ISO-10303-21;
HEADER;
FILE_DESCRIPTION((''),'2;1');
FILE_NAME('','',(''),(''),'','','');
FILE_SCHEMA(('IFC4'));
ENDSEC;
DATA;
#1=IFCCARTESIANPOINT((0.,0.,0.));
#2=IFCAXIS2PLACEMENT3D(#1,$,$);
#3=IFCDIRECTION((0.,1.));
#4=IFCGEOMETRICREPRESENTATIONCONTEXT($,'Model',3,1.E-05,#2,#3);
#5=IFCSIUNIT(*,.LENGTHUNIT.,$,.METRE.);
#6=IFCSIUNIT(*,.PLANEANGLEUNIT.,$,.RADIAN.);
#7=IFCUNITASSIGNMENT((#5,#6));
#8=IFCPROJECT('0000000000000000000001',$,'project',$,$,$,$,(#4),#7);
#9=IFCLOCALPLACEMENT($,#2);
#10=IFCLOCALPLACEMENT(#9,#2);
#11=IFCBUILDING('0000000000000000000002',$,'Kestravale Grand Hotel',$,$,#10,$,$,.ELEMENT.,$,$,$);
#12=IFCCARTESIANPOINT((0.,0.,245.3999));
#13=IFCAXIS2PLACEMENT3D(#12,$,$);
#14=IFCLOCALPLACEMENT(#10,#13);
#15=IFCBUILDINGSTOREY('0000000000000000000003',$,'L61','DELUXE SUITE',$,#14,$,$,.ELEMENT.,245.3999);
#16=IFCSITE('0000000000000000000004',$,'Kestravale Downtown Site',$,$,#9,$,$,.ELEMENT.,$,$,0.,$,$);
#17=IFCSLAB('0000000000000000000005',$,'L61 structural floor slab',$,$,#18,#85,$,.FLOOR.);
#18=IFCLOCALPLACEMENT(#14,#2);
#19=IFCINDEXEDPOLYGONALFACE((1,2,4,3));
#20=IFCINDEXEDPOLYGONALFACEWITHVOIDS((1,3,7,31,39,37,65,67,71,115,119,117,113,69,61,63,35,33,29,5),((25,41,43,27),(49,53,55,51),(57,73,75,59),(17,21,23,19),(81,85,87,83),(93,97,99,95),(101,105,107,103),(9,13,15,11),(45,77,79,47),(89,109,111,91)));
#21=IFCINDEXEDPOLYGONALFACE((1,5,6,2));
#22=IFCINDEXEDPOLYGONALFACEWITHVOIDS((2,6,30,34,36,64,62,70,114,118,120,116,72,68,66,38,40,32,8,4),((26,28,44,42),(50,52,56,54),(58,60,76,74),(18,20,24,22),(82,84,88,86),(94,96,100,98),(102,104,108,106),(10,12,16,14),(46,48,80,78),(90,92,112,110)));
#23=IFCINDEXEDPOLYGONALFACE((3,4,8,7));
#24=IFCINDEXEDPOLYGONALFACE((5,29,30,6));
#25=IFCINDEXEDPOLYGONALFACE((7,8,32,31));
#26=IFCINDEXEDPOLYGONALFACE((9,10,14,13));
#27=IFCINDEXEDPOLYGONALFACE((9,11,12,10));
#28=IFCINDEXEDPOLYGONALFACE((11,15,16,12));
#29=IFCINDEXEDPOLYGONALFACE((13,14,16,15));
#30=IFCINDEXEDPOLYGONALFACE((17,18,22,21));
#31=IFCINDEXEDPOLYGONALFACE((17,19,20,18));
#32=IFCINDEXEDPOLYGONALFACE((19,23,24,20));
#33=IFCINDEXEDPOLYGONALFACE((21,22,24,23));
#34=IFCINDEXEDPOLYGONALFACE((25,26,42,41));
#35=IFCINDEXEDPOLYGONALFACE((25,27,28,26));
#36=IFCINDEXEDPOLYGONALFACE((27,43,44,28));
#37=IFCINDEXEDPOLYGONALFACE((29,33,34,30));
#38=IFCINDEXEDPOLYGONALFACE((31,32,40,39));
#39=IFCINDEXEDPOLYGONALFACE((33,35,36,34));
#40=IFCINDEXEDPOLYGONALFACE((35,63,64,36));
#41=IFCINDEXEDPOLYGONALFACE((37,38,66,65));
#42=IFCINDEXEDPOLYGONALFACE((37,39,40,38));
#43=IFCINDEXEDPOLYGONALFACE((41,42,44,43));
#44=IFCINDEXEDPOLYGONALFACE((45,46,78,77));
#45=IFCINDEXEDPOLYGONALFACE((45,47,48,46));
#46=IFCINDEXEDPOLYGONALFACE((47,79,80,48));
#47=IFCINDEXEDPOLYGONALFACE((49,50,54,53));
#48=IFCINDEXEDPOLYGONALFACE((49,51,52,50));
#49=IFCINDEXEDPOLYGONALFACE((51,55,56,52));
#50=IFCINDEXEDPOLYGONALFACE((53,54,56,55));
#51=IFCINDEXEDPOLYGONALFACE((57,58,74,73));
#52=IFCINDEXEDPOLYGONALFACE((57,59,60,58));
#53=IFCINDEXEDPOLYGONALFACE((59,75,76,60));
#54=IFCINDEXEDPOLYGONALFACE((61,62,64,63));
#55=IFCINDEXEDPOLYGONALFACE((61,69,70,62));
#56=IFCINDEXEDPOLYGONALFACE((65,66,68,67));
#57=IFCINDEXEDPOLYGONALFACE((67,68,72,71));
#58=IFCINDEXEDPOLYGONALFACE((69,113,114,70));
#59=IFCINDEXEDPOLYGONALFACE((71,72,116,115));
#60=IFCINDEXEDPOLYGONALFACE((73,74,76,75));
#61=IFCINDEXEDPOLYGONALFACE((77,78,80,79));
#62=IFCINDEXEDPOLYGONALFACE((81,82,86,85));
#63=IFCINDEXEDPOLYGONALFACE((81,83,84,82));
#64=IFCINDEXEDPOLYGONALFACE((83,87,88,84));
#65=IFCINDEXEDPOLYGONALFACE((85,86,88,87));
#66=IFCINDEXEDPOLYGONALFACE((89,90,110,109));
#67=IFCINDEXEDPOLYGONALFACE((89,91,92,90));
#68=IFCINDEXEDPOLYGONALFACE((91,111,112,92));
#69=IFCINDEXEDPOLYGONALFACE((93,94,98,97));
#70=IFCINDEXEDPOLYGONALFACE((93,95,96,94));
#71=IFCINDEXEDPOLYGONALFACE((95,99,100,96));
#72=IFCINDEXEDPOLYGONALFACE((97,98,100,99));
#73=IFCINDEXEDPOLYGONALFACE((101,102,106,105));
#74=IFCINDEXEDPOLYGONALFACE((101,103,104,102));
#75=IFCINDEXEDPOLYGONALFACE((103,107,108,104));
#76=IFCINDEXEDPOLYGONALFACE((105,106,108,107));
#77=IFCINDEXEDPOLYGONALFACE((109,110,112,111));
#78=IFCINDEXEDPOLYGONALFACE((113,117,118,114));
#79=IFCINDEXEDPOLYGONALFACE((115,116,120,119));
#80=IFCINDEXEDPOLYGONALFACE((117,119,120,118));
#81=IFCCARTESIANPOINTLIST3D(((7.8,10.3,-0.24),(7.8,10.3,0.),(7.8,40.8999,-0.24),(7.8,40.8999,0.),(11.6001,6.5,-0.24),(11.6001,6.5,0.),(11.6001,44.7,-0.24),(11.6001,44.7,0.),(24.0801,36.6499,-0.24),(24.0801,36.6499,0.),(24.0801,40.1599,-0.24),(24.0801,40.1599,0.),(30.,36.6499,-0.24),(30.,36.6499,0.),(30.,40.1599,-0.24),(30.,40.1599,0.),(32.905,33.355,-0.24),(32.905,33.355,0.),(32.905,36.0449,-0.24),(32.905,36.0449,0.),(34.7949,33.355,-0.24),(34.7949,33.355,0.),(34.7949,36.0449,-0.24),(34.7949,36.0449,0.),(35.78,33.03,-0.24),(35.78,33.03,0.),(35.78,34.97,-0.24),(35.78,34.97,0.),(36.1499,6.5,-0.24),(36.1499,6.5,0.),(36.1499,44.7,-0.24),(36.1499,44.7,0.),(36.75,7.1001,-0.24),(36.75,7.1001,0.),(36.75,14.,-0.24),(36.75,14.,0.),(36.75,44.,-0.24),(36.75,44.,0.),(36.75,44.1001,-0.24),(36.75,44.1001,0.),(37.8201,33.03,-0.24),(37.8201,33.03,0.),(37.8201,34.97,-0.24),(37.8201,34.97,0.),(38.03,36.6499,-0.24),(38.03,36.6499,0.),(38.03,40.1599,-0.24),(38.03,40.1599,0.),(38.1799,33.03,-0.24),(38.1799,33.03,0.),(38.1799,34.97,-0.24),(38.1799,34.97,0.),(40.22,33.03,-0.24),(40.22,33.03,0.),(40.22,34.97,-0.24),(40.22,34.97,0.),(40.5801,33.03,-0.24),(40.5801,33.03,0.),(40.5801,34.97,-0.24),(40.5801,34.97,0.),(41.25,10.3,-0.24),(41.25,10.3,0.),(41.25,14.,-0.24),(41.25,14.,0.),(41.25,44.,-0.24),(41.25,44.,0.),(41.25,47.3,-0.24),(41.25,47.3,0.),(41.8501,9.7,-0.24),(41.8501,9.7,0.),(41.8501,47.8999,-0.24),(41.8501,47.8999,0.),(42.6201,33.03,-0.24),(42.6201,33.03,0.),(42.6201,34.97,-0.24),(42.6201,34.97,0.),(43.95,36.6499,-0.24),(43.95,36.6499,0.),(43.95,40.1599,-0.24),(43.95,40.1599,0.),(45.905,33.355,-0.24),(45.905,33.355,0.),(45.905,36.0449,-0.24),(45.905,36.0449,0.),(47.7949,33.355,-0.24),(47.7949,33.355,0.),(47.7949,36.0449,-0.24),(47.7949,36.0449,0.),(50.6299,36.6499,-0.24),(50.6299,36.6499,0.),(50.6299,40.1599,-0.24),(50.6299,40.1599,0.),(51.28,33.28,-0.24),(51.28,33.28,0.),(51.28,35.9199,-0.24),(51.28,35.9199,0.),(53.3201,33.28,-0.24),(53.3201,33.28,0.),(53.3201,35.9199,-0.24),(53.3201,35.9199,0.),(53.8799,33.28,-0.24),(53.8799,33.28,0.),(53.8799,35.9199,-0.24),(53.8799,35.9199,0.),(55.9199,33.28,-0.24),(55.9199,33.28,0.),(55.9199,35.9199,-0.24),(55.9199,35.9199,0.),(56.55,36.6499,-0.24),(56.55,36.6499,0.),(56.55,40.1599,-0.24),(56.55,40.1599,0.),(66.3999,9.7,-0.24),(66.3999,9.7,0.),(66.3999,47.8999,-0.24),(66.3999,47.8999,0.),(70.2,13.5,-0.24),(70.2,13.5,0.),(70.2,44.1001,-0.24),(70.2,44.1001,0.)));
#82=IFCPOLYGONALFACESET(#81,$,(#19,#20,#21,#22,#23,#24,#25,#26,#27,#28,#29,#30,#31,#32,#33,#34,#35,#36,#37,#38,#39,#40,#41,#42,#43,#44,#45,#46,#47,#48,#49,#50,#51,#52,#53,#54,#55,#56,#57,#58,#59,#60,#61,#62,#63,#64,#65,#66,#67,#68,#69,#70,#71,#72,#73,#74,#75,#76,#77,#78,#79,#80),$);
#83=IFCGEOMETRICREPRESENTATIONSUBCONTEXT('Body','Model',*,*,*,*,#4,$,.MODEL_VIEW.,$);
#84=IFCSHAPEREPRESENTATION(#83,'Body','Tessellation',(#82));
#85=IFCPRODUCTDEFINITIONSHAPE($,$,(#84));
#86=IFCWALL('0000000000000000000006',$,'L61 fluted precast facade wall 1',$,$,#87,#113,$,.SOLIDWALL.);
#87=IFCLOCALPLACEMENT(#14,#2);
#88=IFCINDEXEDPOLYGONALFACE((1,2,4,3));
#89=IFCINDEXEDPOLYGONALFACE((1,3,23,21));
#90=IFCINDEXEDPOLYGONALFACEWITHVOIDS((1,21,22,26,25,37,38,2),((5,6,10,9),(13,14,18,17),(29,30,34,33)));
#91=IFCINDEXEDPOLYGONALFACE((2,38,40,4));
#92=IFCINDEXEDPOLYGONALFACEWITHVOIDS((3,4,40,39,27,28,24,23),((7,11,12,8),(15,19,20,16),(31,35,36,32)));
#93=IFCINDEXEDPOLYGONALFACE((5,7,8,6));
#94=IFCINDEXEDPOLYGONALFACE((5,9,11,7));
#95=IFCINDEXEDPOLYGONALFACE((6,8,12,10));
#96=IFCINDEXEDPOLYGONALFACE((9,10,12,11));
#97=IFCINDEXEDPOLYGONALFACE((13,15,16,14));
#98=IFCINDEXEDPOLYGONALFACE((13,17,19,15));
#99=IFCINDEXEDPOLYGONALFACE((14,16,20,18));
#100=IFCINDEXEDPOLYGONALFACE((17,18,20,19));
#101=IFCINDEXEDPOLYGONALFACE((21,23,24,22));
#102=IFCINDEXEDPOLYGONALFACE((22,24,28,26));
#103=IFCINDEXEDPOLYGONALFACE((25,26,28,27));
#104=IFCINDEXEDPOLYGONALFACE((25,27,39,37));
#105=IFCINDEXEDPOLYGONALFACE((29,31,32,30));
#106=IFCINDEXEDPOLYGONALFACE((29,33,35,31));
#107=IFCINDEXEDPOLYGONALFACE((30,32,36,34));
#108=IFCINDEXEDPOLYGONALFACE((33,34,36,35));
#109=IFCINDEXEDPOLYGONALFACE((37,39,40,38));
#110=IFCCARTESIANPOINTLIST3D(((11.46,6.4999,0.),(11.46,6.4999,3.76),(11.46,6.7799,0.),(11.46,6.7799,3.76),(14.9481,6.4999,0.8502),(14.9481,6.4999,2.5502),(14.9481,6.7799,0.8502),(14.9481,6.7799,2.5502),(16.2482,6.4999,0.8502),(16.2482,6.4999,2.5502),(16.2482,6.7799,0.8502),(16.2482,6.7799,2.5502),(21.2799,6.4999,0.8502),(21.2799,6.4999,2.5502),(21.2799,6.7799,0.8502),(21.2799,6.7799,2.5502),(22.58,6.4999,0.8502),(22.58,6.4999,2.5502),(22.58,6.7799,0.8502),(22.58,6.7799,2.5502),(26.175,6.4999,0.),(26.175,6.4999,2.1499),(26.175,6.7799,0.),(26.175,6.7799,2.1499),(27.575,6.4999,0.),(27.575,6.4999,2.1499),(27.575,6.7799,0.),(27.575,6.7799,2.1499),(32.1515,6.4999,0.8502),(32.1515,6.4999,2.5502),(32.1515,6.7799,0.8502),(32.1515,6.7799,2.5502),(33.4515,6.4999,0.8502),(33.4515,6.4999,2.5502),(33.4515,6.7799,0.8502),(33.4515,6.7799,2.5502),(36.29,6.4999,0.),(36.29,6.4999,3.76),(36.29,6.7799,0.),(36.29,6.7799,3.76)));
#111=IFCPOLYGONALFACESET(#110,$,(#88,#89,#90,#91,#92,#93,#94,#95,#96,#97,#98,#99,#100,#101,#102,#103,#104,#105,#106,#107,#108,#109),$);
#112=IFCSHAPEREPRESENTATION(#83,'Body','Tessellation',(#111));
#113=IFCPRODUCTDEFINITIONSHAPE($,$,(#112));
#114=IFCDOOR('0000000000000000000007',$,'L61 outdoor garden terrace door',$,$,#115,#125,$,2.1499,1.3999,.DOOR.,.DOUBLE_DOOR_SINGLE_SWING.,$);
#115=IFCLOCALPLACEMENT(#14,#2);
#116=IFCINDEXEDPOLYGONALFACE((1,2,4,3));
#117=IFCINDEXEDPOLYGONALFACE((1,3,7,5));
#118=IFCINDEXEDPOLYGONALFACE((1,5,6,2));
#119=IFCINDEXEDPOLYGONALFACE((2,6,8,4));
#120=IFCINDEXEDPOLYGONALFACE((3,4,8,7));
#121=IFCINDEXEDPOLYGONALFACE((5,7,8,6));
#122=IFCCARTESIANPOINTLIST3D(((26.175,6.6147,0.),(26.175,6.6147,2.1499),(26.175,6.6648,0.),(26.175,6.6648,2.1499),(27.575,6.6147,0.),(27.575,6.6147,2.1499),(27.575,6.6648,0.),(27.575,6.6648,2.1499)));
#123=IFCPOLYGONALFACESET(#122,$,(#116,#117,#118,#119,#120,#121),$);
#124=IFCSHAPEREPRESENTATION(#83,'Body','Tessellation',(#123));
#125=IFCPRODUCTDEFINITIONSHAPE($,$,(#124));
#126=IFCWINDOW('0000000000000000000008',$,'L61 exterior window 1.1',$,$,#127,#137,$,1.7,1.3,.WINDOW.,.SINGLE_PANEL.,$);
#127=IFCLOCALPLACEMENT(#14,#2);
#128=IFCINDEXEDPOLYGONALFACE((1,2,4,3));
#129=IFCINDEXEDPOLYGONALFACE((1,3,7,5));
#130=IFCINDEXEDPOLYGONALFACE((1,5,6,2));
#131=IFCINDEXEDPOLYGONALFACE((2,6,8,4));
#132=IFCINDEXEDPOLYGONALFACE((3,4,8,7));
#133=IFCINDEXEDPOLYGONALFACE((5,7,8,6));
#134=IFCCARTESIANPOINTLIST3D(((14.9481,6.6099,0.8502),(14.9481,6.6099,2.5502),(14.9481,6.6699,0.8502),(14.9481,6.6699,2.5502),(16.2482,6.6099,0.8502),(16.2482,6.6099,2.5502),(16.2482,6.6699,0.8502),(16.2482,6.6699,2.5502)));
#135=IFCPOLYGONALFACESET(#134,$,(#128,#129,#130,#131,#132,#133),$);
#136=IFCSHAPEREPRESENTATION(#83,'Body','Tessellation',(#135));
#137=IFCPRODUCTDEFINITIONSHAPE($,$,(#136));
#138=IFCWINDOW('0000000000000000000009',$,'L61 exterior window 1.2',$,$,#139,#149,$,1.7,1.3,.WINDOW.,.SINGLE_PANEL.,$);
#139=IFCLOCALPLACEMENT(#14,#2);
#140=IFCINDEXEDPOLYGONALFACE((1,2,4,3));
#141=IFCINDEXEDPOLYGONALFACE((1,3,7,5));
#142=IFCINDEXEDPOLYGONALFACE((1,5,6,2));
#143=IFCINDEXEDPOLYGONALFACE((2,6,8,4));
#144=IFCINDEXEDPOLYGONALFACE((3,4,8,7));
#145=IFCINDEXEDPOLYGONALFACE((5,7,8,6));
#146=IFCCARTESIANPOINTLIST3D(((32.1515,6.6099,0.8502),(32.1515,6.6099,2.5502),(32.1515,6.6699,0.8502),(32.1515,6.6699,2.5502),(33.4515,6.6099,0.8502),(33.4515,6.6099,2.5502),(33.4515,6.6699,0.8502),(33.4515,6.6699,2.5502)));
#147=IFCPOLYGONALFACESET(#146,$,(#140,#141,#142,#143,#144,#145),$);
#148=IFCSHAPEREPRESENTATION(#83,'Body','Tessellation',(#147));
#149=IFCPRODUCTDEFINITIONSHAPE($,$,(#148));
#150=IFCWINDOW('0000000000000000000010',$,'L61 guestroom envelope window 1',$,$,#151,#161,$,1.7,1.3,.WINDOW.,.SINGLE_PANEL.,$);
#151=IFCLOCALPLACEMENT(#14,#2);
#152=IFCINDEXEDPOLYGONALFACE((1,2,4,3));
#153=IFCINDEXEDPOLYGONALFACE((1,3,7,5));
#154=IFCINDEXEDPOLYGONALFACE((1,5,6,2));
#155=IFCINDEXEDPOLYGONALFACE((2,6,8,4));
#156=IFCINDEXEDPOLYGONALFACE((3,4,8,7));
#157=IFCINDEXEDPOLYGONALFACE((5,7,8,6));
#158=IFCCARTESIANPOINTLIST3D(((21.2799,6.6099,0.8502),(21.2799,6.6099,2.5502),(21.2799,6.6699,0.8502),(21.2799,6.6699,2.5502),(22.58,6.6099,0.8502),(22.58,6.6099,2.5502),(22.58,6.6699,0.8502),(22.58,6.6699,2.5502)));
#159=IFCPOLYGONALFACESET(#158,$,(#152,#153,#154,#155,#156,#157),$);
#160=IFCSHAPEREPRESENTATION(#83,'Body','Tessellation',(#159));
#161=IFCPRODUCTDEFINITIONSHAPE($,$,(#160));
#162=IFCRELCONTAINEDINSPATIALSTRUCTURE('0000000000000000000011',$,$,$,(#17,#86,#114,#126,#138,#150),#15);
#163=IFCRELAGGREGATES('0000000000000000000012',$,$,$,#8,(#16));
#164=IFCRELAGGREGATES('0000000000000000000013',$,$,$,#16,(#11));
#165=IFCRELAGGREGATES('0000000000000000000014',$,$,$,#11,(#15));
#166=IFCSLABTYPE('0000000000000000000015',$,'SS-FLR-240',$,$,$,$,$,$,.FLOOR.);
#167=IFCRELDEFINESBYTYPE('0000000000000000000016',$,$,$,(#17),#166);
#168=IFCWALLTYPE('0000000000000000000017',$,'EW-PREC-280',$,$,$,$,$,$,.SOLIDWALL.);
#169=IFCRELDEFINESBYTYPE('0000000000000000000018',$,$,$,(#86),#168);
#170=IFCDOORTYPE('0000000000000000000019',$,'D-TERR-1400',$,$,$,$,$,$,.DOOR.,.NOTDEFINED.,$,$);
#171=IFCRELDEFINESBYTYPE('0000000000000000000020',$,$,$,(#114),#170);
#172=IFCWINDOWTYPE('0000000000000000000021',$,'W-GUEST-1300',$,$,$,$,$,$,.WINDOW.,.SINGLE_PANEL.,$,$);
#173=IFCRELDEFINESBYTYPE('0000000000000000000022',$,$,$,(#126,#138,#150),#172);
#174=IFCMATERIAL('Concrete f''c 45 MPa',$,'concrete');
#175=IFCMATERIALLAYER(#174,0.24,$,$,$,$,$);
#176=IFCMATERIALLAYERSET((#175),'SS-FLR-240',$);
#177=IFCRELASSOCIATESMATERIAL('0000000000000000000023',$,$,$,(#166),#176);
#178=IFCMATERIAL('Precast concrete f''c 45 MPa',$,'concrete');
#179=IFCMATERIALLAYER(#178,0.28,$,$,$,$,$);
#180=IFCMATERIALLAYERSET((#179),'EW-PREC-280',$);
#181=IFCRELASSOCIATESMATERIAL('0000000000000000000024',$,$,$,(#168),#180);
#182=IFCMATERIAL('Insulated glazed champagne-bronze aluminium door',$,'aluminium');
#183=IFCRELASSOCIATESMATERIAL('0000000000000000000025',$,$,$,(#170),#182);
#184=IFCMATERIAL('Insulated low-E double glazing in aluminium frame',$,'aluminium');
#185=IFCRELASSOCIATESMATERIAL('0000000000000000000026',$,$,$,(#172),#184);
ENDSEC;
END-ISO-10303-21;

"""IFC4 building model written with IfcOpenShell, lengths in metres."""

from ifc_helpers import new_model, si_unit, direction, frame, frame_2d, origin, place, context, subcontext, project, spatial, polyline, rectangle, outline, extrude, material, layer, layer_set, type_object, element, fill, save


model = new_model("IFC4")

# Units and contexts
model_context = context("Model", 3, precision=1e-05, world=origin(), true_north=direction((0.0, 1.0)))
body_context = subcontext(model_context, "Body", "Model", "MODEL_VIEW")
ifc_project = project(units=[si_unit("LENGTHUNIT", "METRE"), si_unit("PLANEANGLEUNIT", "RADIAN")], contexts=[model_context])

# Site, building, storey
site_placement = place(None, origin())
site = spatial("IfcSite", under=ifc_project, at=site_placement, Name="Kestravale Downtown Site", CompositionType="ELEMENT", RefElevation=0.0)
building_placement = place(site_placement, origin())
building = spatial("IfcBuilding", under=site, at=building_placement, Name="Kestravale Grand Hotel", CompositionType="ELEMENT")
storey_placement = place(building_placement, frame((0.0, 0.0, 245.3999)))
storey = spatial("IfcBuildingStorey", under=building, at=storey_placement, Name="L61", Description="DELUXE SUITE", CompositionType="ELEMENT", Elevation=245.3999)

# Slab
ifc_material_1 = material(Name="Concrete f'c 45 MPa", Category="concrete")
ifc_layer_1 = layer(ifc_material_1, 0.24)
ifc_layer_set_1 = layer_set([ifc_layer_1], Name="SS-FLR-240")
slab_type_1 = type_object("IfcSlabType", Name="SS-FLR-240", PredefinedType="FLOOR", material=ifc_layer_set_1)
slab_1_placement = place(storey_placement, frame((0.0, 0.0, -0.24)))
element("IfcSlab", 1, at=slab_1_placement, inside=storey, type_object=slab_type_1, Name="L61 structural floor slab", PredefinedType="FLOOR", context=body_context, shape_type="SweptSolid", body=[
    extrude(outline(polyline([(11.6001, 6.5), (36.1499, 6.5), (36.75, 7.1001), (36.75, 14.0), (41.25, 14.0), (41.25, 10.3), (41.8501, 9.7), (66.3999, 9.7), (70.2, 13.5), (70.2, 44.1001), (66.3999, 47.8999), (41.8501, 47.8999), (41.25, 47.3), (41.25, 44.0), (36.75, 44.0), (36.75, 44.1001), (36.1499, 44.7), (11.6001, 44.7), (7.8, 40.8999), (7.8, 10.3), (11.6001, 6.5)]), holes=[polyline([(24.0801, 36.6499), (30.0, 36.6499), (30.0, 40.1599), (24.0801, 40.1599), (24.0801, 36.6499)]), polyline([(38.03, 36.6499), (43.95, 36.6499), (43.95, 40.1599), (38.03, 40.1599), (38.03, 36.6499)]), polyline([(50.6299, 36.6499), (56.55, 36.6499), (56.55, 40.1599), (50.6299, 40.1599), (50.6299, 36.6499)]), polyline([(35.78, 33.03), (37.8201, 33.03), (37.8201, 34.97), (35.78, 34.97), (35.78, 33.03)]), polyline([(38.1799, 33.03), (40.22, 33.03), (40.22, 34.97), (38.1799, 34.97), (38.1799, 33.03)]), polyline([(40.5801, 33.03), (42.6201, 33.03), (42.6201, 34.97), (40.5801, 34.97), (40.5801, 33.03)]), polyline([(32.905, 33.355), (34.7949, 33.355), (34.7949, 36.0449), (32.905, 36.0449), (32.905, 33.355)]), polyline([(45.905, 33.355), (47.7949, 33.355), (47.7949, 36.0449), (45.905, 36.0449), (45.905, 33.355)]), polyline([(51.28, 33.28), (53.3201, 33.28), (53.3201, 35.9199), (51.28, 35.9199), (51.28, 33.28)]), polyline([(53.8799, 33.28), (55.9199, 33.28), (55.9199, 35.9199), (53.8799, 35.9199), (53.8799, 33.28)])]), origin(), (0.0, 0.0, 1.0), 0.24),
])

# Wall, openings, door, windows
ifc_material_2 = material(Name="Precast concrete f'c 45 MPa", Category="concrete")
ifc_layer_2 = layer(ifc_material_2, 0.28)
ifc_layer_set_2 = layer_set([ifc_layer_2], Name="EW-PREC-280")
wall_type_1 = type_object("IfcWallType", Name="EW-PREC-280", PredefinedType="SOLIDWALL", material=ifc_layer_set_2)
wall_1_placement = place(storey_placement, frame((11.46, 6.6399, 0.0), z_axis=(0.0, 0.0, 1.0), x_axis=(1.0, 0.0, 0.0)))
wall_1 = element("IfcWall", 2, at=wall_1_placement, inside=storey, type_object=wall_type_1, Name="L61 fluted precast facade wall 1", PredefinedType="SOLIDWALL", context=body_context, shape_type="SweptSolid", body=[
    extrude(rectangle(XDim=24.8301, YDim=0.28, at=frame_2d((12.415, 0.0))), origin(), (0.0, 0.0, 1.0), 3.76),
])
opening_1_placement = place(wall_1_placement, frame((14.7151, 0.0, 0.0)))
opening_1 = element("IfcOpeningElement", 3, at=opening_1_placement, cuts=wall_1, PredefinedType="OPENING", context=body_context, shape_type="SweptSolid", body=[
    extrude(rectangle(XDim=1.3999, YDim=2.1499, at=frame_2d((0.7, 1.075))), frame((0.0, 0.1499, 0.0), z_axis=(0.0, -1.0, 0.0), x_axis=(1.0, 0.0, 0.0)), (0.0, 0.0, 1.0), 0.3),
])
opening_2_placement = place(wall_1_placement, frame((3.4883, 0.0, 0.8501)))
opening_2 = element("IfcOpeningElement", 4, at=opening_2_placement, cuts=wall_1, PredefinedType="OPENING", context=body_context, shape_type="SweptSolid", body=[
    extrude(rectangle(XDim=1.3, YDim=1.7, at=frame_2d((0.6499, 0.8501))), frame((0.0, 0.1499, 0.0), z_axis=(0.0, -1.0, 0.0), x_axis=(1.0, 0.0, 0.0)), (0.0, 0.0, 1.0), 0.3),
])
opening_3_placement = place(wall_1_placement, frame((20.6917, 0.0, 0.8501)))
opening_3 = element("IfcOpeningElement", 5, at=opening_3_placement, cuts=wall_1, PredefinedType="OPENING", context=body_context, shape_type="SweptSolid", body=[
    extrude(rectangle(XDim=1.3, YDim=1.7, at=frame_2d((0.6499, 0.8501))), frame((0.0, 0.1499, 0.0), z_axis=(0.0, -1.0, 0.0), x_axis=(1.0, 0.0, 0.0)), (0.0, 0.0, 1.0), 0.3),
])
opening_4_placement = place(wall_1_placement, frame((9.8201, 0.0, 0.8501)))
opening_4 = element("IfcOpeningElement", 6, at=opening_4_placement, cuts=wall_1, PredefinedType="OPENING", context=body_context, shape_type="SweptSolid", body=[
    extrude(rectangle(XDim=1.3, YDim=1.7, at=frame_2d((0.6499, 0.8501))), frame((0.0, 0.1499, 0.0), z_axis=(0.0, -1.0, 0.0), x_axis=(1.0, 0.0, 0.0)), (0.0, 0.0, 1.0), 0.3),
])
ifc_material_3 = material(Name="Insulated glazed champagne-bronze aluminium door", Category="aluminium")
door_type_1 = type_object("IfcDoorType", Name="D-TERR-1400", OperationType="NOTDEFINED", PredefinedType="DOOR", material=ifc_material_3)
door_1_placement = place(opening_1_placement, origin())
door_1 = element("IfcDoor", 7, at=door_1_placement, inside=storey, type_object=door_type_1, Name="L61 outdoor garden terrace door", OperationType="DOUBLE_DOOR_SINGLE_SWING", OverallHeight=2.1499, OverallWidth=1.3999, PredefinedType="DOOR", context=body_context, shape_type="SweptSolid", body=[
    extrude(rectangle(XDim=1.3999, YDim=2.1499, at=frame_2d((0.7, 1.075))), frame((0.0, 0.0249, 0.0), z_axis=(0.0, -1.0, 0.0), x_axis=(1.0, 0.0, 0.0)), (0.0, 0.0, 1.0), 0.05),
])
fill(opening_1, door_1)
ifc_material_4 = material(Name="Insulated low-E double glazing in aluminium frame", Category="aluminium")
window_type = type_object("IfcWindowType", Name="W-GUEST-1300", PartitioningType="SINGLE_PANEL", PredefinedType="WINDOW", material=ifc_material_4)
window_1_placement = place(opening_2_placement, origin())
window_1 = element("IfcWindow", 8, at=window_1_placement, inside=storey, type_object=window_type, Name="L61 exterior window 1.1", OverallHeight=1.7, OverallWidth=1.3, PartitioningType="SINGLE_PANEL", PredefinedType="WINDOW", context=body_context, shape_type="SweptSolid", body=[
    extrude(rectangle(XDim=1.3, YDim=1.7, at=frame_2d((0.6499, 0.8501))), frame((0.0, 0.03, 0.0), z_axis=(0.0, -1.0, 0.0), x_axis=(1.0, 0.0, 0.0)), (0.0, 0.0, 1.0), 0.0601),
])
fill(opening_2, window_1)
window_2_placement = place(opening_3_placement, origin())
window_2 = element("IfcWindow", 9, at=window_2_placement, inside=storey, type_object=window_type, Name="L61 exterior window 1.2", OverallHeight=1.7, OverallWidth=1.3, PartitioningType="SINGLE_PANEL", PredefinedType="WINDOW", context=body_context, shape_type="SweptSolid", body=[
    extrude(rectangle(XDim=1.3, YDim=1.7, at=frame_2d((0.6499, 0.8501))), frame((0.0, 0.03, 0.0), z_axis=(0.0, -1.0, 0.0), x_axis=(1.0, 0.0, 0.0)), (0.0, 0.0, 1.0), 0.0601),
])
fill(opening_3, window_2)
window_3_placement = place(opening_4_placement, origin())
window_3 = element("IfcWindow", 10, at=window_3_placement, inside=storey, type_object=window_type, Name="L61 guestroom envelope window 1", OverallHeight=1.7, OverallWidth=1.3, PartitioningType="SINGLE_PANEL", PredefinedType="WINDOW", context=body_context, shape_type="SweptSolid", body=[
    extrude(rectangle(XDim=1.3, YDim=1.7, at=frame_2d((0.6499, 0.8501))), frame((0.0, 0.03, 0.0), z_axis=(0.0, -1.0, 0.0), x_axis=(1.0, 0.0, 0.0)), (0.0, 0.0, 1.0), 0.0601),
])
fill(opening_4, window_3)

save(model, "model.ifc")
